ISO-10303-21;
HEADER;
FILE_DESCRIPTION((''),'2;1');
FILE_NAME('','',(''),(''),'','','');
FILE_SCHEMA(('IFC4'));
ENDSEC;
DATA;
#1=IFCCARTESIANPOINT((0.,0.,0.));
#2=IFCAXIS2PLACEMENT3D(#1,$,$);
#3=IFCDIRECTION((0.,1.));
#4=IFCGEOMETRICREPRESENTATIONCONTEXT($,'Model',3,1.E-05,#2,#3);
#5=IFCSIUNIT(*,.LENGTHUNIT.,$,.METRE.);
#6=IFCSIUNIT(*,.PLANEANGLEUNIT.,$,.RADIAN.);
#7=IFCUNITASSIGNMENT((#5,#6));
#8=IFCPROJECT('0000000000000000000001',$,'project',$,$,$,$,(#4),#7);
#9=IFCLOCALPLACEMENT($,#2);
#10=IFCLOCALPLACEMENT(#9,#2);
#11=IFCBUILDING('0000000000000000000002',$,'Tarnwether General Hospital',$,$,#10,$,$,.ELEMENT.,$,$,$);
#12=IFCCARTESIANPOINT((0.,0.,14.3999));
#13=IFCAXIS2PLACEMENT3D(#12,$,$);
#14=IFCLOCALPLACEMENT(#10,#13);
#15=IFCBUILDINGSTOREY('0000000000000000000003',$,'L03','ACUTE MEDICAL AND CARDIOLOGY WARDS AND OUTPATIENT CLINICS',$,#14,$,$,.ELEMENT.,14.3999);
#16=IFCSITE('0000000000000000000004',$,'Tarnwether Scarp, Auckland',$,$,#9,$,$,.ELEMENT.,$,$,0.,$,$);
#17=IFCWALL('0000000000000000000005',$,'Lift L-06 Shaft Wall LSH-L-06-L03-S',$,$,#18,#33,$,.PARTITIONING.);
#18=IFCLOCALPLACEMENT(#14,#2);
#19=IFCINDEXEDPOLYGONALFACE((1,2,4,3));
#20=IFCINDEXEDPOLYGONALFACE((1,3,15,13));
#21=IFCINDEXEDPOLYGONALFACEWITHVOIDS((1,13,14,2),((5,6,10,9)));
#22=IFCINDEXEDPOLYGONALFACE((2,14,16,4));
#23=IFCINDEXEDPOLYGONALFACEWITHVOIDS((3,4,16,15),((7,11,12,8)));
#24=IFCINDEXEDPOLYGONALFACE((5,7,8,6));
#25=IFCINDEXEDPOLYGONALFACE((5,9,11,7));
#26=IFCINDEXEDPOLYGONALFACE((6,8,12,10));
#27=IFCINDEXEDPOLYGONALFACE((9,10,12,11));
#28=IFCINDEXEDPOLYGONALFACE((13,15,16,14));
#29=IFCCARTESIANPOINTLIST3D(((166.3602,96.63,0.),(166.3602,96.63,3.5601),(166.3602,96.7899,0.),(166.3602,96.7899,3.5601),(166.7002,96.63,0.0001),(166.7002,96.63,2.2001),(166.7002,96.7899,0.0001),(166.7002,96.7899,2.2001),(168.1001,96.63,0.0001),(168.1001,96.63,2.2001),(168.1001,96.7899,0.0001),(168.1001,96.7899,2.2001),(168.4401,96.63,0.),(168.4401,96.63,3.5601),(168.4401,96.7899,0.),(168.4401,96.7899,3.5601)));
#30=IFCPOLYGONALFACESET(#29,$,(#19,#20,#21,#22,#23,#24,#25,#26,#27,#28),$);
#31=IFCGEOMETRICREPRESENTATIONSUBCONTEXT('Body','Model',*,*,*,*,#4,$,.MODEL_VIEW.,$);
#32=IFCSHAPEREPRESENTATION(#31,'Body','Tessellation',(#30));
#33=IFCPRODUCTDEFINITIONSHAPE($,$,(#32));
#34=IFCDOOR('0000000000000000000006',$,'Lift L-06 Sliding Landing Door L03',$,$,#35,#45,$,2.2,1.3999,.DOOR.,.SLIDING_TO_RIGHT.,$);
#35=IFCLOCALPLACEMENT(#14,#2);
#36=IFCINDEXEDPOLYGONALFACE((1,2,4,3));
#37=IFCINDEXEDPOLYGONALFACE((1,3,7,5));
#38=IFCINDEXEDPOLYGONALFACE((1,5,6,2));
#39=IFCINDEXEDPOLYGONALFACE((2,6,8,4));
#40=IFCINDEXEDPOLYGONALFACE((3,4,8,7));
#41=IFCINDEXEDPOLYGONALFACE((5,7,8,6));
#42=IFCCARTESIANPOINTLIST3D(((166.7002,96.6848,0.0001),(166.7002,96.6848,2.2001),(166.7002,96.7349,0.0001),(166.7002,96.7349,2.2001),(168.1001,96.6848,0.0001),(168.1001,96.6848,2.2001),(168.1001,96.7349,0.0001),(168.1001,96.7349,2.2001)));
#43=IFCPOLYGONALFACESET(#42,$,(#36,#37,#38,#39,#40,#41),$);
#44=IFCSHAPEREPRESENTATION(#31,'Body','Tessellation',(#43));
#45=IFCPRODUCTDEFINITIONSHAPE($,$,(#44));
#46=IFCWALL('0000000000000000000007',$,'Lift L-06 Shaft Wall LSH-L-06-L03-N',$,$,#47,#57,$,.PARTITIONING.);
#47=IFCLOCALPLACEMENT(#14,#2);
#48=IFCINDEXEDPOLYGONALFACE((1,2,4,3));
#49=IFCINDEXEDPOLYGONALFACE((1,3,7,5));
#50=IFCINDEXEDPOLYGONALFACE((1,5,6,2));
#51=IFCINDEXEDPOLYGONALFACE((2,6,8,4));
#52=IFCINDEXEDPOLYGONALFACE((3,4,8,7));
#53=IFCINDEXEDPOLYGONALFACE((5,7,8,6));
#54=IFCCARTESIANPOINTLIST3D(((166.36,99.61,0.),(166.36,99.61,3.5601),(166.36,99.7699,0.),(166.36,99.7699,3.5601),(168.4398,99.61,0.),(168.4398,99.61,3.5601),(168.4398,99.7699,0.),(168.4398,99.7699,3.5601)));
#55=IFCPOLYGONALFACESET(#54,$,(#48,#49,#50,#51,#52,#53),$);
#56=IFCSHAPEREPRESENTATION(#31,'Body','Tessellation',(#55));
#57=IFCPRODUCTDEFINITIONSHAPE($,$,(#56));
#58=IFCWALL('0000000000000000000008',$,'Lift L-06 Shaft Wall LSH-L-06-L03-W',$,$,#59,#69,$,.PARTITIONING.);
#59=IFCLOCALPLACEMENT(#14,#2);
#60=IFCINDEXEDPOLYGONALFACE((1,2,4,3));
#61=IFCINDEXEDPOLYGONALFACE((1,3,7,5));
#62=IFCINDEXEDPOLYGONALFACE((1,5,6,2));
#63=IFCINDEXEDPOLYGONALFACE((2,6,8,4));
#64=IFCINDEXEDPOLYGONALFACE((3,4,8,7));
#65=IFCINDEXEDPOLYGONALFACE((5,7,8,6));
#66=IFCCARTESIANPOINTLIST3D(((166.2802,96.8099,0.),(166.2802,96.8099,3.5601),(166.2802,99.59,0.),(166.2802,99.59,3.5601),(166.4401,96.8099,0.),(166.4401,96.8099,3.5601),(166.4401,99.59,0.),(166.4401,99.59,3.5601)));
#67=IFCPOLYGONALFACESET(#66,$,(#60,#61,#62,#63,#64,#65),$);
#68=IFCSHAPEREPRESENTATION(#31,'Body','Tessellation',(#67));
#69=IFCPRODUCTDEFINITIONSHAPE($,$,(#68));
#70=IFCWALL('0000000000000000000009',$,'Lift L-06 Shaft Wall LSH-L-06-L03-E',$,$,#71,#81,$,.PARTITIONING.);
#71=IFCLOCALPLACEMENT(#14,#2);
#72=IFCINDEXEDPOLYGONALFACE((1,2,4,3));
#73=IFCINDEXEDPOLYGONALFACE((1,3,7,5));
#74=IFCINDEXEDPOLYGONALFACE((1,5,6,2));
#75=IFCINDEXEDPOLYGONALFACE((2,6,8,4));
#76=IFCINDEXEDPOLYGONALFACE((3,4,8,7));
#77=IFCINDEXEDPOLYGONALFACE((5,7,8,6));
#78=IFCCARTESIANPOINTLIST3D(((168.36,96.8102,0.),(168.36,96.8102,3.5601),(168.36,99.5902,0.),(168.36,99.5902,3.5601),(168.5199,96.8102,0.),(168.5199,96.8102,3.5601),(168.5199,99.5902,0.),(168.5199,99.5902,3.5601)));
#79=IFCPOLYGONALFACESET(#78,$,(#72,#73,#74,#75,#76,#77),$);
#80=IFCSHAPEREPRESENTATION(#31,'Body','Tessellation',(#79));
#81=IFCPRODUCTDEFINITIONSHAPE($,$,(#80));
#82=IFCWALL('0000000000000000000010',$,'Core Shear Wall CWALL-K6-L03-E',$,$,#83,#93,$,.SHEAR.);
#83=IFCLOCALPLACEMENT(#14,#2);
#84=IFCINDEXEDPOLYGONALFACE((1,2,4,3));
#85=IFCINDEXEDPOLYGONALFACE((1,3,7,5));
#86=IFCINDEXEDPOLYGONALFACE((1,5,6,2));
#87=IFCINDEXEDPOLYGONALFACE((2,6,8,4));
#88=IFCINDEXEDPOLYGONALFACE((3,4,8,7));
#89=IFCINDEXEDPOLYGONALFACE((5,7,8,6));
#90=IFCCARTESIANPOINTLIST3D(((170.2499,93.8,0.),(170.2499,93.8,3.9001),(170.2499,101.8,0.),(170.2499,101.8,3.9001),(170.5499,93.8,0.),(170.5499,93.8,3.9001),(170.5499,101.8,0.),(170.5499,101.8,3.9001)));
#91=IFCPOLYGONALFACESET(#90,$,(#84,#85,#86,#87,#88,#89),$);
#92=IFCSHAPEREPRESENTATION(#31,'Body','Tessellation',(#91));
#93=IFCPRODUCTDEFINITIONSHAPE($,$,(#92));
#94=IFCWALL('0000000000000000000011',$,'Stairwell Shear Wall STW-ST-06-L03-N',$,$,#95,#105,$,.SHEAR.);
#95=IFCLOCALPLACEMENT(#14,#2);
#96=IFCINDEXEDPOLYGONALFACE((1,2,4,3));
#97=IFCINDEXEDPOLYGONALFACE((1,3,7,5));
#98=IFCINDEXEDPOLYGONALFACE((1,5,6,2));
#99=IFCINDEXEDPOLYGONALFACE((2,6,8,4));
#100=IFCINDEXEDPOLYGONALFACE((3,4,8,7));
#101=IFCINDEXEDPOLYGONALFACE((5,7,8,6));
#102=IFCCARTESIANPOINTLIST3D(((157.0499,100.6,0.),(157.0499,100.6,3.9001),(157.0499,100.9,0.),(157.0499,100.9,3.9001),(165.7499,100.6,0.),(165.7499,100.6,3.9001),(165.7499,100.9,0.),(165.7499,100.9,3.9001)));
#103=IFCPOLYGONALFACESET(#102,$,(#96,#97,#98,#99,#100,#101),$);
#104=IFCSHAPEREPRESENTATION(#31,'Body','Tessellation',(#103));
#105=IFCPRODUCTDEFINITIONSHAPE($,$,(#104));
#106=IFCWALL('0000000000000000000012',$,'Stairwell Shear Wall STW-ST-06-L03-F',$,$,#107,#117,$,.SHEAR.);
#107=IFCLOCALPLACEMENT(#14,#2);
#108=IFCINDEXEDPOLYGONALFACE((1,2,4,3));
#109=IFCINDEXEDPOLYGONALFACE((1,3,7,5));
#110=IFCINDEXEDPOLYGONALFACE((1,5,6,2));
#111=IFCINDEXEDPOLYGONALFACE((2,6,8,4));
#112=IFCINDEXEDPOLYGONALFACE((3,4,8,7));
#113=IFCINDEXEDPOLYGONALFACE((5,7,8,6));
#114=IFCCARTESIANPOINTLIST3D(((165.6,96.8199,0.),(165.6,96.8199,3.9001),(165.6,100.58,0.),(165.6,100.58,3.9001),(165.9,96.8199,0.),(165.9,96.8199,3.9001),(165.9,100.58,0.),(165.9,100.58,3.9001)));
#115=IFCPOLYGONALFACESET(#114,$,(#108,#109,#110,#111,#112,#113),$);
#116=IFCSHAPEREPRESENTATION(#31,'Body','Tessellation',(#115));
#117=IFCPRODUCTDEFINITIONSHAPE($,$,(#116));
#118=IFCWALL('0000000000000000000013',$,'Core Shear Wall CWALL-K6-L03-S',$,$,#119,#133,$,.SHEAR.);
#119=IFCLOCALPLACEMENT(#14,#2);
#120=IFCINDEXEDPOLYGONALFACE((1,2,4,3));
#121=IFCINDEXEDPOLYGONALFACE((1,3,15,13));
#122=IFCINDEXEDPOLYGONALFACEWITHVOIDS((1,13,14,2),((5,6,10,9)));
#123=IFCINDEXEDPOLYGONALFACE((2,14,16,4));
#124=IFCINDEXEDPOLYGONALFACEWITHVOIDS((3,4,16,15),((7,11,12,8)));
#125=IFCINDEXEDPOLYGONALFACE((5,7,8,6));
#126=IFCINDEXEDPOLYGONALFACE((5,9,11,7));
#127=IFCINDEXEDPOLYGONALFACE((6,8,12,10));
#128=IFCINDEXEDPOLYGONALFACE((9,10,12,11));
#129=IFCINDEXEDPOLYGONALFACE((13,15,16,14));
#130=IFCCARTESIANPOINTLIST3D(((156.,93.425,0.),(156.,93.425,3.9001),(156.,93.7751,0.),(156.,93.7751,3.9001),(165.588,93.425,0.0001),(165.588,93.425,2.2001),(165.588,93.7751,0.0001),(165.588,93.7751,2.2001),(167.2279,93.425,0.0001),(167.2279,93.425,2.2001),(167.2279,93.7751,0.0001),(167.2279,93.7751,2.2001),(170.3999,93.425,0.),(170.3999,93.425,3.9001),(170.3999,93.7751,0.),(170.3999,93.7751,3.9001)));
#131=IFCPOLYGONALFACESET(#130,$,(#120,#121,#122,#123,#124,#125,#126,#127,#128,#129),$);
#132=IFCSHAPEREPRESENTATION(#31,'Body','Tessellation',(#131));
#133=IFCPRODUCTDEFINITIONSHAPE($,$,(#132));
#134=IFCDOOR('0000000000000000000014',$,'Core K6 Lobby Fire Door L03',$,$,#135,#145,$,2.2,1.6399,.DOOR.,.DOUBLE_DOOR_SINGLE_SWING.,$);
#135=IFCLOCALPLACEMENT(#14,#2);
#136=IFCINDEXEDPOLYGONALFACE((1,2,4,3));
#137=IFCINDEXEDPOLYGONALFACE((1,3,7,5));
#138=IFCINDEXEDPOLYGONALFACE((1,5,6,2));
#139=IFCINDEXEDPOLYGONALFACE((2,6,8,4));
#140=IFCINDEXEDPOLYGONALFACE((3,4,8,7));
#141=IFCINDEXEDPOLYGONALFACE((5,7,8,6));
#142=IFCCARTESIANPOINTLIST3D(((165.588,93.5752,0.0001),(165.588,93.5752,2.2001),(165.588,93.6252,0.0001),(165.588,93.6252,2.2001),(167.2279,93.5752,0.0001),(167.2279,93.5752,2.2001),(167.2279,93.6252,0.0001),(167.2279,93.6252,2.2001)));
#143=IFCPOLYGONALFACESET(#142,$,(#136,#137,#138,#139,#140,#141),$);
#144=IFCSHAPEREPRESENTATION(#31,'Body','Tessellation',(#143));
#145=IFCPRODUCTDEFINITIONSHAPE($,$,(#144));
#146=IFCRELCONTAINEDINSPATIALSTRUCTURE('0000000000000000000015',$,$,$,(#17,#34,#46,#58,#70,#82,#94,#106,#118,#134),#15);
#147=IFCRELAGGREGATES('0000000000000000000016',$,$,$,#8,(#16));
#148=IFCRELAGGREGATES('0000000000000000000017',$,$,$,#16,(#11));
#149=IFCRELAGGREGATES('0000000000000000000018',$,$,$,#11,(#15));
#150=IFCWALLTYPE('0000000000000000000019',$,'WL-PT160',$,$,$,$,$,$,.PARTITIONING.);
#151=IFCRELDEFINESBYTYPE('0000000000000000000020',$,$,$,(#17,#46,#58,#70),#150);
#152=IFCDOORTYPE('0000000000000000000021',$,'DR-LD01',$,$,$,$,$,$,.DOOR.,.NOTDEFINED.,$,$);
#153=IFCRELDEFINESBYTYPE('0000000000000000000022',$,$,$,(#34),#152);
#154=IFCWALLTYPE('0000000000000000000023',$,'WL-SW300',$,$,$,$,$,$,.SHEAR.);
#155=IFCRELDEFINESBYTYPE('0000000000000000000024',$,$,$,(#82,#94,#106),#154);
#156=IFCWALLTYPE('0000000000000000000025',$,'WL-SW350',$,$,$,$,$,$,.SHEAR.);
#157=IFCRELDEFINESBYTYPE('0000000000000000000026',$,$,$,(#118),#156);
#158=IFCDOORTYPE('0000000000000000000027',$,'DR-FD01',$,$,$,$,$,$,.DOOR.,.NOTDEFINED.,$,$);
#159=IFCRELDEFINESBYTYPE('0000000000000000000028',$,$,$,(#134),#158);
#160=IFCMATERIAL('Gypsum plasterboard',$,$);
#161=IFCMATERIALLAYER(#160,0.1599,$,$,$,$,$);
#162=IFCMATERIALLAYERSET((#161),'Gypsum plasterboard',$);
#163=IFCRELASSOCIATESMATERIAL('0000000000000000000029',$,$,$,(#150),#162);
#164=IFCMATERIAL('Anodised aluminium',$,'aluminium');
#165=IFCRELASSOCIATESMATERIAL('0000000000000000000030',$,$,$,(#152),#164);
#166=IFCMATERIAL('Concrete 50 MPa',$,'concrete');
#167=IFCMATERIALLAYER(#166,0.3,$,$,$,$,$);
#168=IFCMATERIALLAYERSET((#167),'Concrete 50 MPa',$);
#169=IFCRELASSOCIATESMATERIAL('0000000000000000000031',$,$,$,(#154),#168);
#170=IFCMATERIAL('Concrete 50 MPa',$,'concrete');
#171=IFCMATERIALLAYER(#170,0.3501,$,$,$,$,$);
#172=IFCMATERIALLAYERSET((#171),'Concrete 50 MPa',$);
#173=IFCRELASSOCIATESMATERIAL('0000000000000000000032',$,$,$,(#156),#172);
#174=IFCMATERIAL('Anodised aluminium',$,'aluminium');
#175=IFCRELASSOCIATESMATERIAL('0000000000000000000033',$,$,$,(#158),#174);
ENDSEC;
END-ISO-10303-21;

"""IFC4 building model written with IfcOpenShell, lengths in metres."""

from ifc_helpers import new_model, si_unit, direction, frame, frame_2d, origin, place, context, subcontext, project, spatial, rectangle, extrude, material, layer, layer_set, type_object, element, fill, save


model = new_model("IFC4")

# Units and contexts
model_context = context("Model", 3, precision=1e-05, world=origin(), true_north=direction((0.0, 1.0)))
body_context = subcontext(model_context, "Body", "Model", "MODEL_VIEW")
ifc_project = project(units=[si_unit("LENGTHUNIT", "METRE"), si_unit("PLANEANGLEUNIT", "RADIAN")], contexts=[model_context])

# Site, building, storey
site_placement = place(None, origin())
site = spatial("IfcSite", under=ifc_project, at=site_placement, Name="Tarnwether Scarp, Auckland", CompositionType="ELEMENT", RefElevation=0.0)
building_placement = place(site_placement, origin())
building = spatial("IfcBuilding", under=site, at=building_placement, Name="Tarnwether General Hospital", CompositionType="ELEMENT")
storey_placement = place(building_placement, frame((0.0, 0.0, 14.3999)))
storey = spatial("IfcBuildingStorey", under=building, at=storey_placement, Name="L03", Description="ACUTE MEDICAL AND CARDIOLOGY WARDS AND OUTPATIENT CLINICS", CompositionType="ELEMENT", Elevation=14.3999)

# Wall, opening, door
ifc_material_1 = material(Name="Gypsum plasterboard")
ifc_layer_1 = layer(ifc_material_1, 0.1599)
ifc_layer_set_1 = layer_set([ifc_layer_1], Name="Gypsum plasterboard")
wall_type_1 = type_object("IfcWallType", Name="WL-PT160", PredefinedType="PARTITIONING", material=ifc_layer_set_1)
wall_1_placement = place(storey_placement, frame((166.3601, 96.71, 0.0), z_axis=(0.0, 0.0, 1.0), x_axis=(1.0, 0.0, 0.0)))
wall_1 = element("IfcWall", 1, at=wall_1_placement, inside=storey, type_object=wall_type_1, Name="Lift L-06 Shaft Wall LSH-L-06-L03-S", PredefinedType="PARTITIONING", context=body_context, shape_type="SweptSolid", body=[
    extrude(rectangle(XDim=2.0798, YDim=0.1599, at=frame_2d((1.04, 0.0))), origin(), (0.0, 0.0, 1.0), 3.5601),
])
opening_1_placement = place(wall_1_placement, frame((0.3401, 0.0, 0.0)))
opening_1 = element("IfcOpeningElement", 2, at=opening_1_placement, cuts=wall_1, PredefinedType="OPENING", context=body_context, shape_type="SweptSolid", body=[
    extrude(rectangle(XDim=1.3999, YDim=2.2, at=frame_2d((0.7, 1.1001))), frame((0.0, 0.0898, 0.0), z_axis=(0.0, -1.0, 0.0), x_axis=(1.0, 0.0, 0.0)), (0.0, 0.0, 1.0), 0.1799),
])
ifc_material_2 = material(Name="Anodised aluminium", Category="aluminium")
door_type_1 = type_object("IfcDoorType", Name="DR-LD01", OperationType="NOTDEFINED", PredefinedType="DOOR", material=ifc_material_2)
door_1_placement = place(opening_1_placement, origin())
door_1 = element("IfcDoor", 3, at=door_1_placement, inside=storey, type_object=door_type_1, Name="Lift L-06 Sliding Landing Door L03", OperationType="SLIDING_TO_RIGHT", OverallHeight=2.2, OverallWidth=1.3999, PredefinedType="DOOR", context=body_context, shape_type="SweptSolid", body=[
    extrude(rectangle(XDim=1.3999, YDim=2.2, at=frame_2d((0.7, 1.1001))), frame((0.0, 0.0249, 0.0), z_axis=(0.0, -1.0, 0.0), x_axis=(1.0, 0.0, 0.0)), (0.0, 0.0, 1.0), 0.05),
])
fill(opening_1, door_1)

# Walls
wall_2_placement = place(storey_placement, frame((168.4399, 99.6899, 0.0), z_axis=(0.0, 0.0, 1.0), x_axis=(-1.0, 0.0, 0.0)))
element("IfcWall", 4, at=wall_2_placement, inside=storey, type_object=wall_type_1, Name="Lift L-06 Shaft Wall LSH-L-06-L03-N", PredefinedType="PARTITIONING", context=body_context, shape_type="SweptSolid", body=[
    extrude(rectangle(XDim=2.0798, YDim=0.1599, at=frame_2d((1.04, 0.0))), origin(), (0.0, 0.0, 1.0), 3.5601),
])
for number, where, z_axis, x_axis, name in (
    (5, (166.3601, 99.5901, 0.0), (0.0, 0.0, 1.0), (0.0, -1.0, 0.0), "Lift L-06 Shaft Wall LSH-L-06-L03-W"),
    (6, (168.4399, 96.8101, 0.0), (0.0, 0.0, 1.0), (0.0, 1.0, 0.0), "Lift L-06 Shaft Wall LSH-L-06-L03-E"),
):
    element("IfcWall", number, at=place(storey_placement, frame(where, z_axis=z_axis, x_axis=x_axis)), inside=storey, type_object=wall_type_1, Name=name, PredefinedType="PARTITIONING", context=body_context, shape_type="SweptSolid", body=[
        extrude(rectangle(XDim=2.78, YDim=0.1599, at=frame_2d((1.3901, 0.0))), origin(), (0.0, 0.0, 1.0), 3.5601),
    ])
ifc_material_3 = material(Name="Concrete 50 MPa", Category="concrete")
ifc_layer_2 = layer(ifc_material_3, 0.3)
ifc_layer_set_2 = layer_set([ifc_layer_2], Name="Concrete 50 MPa")
wall_type_2 = type_object("IfcWallType", Name="WL-SW300", PredefinedType="SHEAR", material=ifc_layer_set_2)
wall_3_placement = place(storey_placement, frame((170.3999, 101.8, 0.0), z_axis=(0.0, 0.0, 1.0), x_axis=(0.0, -1.0, 0.0)))
element("IfcWall", 7, at=wall_3_placement, inside=storey, type_object=wall_type_2, Name="Core Shear Wall CWALL-K6-L03-E", PredefinedType="SHEAR", context=body_context, shape_type="SweptSolid", body=[
    extrude(rectangle(XDim=8.0, YDim=0.3, at=frame_2d((4.0, 0.0))), origin(), (0.0, 0.0, 1.0), 3.9001),
])
wall_4_placement = place(storey_placement, frame((165.75, 100.75, 0.0), z_axis=(0.0, 0.0, 1.0), x_axis=(-1.0, 0.0, 0.0)))
element("IfcWall", 8, at=wall_4_placement, inside=storey, type_object=wall_type_2, Name="Stairwell Shear Wall STW-ST-06-L03-N", PredefinedType="SHEAR", context=body_context, shape_type="SweptSolid", body=[
    extrude(rectangle(XDim=8.7, YDim=0.3, at=frame_2d((4.3501, 0.0))), origin(), (0.0, 0.0, 1.0), 3.9001),
])
wall_5_placement = place(storey_placement, frame((165.75, 96.8201, 0.0), z_axis=(0.0, 0.0, 1.0), x_axis=(0.0, 1.0, 0.0)))
element("IfcWall", 9, at=wall_5_placement, inside=storey, type_object=wall_type_2, Name="Stairwell Shear Wall STW-ST-06-L03-F", PredefinedType="SHEAR", context=body_context, shape_type="SweptSolid", body=[
    extrude(rectangle(XDim=3.76, YDim=0.3, at=frame_2d((1.8799, 0.0))), origin(), (0.0, 0.0, 1.0), 3.9001),
])

# Wall, opening, door
ifc_material_4 = material(Name="Concrete 50 MPa", Category="concrete")
ifc_layer_3 = layer(ifc_material_4, 0.3501)
ifc_layer_set_3 = layer_set([ifc_layer_3], Name="Concrete 50 MPa")
wall_type_3 = type_object("IfcWallType", Name="WL-SW350", PredefinedType="SHEAR", material=ifc_layer_set_3)
wall_6_placement = place(storey_placement, frame((170.3999, 93.6001, 0.0), z_axis=(0.0, 0.0, 1.0), x_axis=(-1.0, 0.0, 0.0)))
wall_6 = element("IfcWall", 10, at=wall_6_placement, inside=storey, type_object=wall_type_3, Name="Core Shear Wall CWALL-K6-L03-S", PredefinedType="SHEAR", context=body_context, shape_type="SweptSolid", body=[
    extrude(rectangle(XDim=14.3999, YDim=0.3501, at=frame_2d((7.2, 0.0))), origin(), (0.0, 0.0, 1.0), 3.9001),
])
opening_2_placement = place(wall_6_placement, frame((3.1721, 0.0, 0.0)))
opening_2 = element("IfcOpeningElement", 11, at=opening_2_placement, cuts=wall_6, PredefinedType="OPENING", context=body_context, shape_type="SweptSolid", body=[
    extrude(rectangle(XDim=1.6399, YDim=2.2, at=frame_2d((0.8198, 1.1001))), frame((0.0, 0.1851, 0.0), z_axis=(0.0, -1.0, 0.0), x_axis=(1.0, 0.0, 0.0)), (0.0, 0.0, 1.0), 0.3701),
])
ifc_material_5 = material(Name="Anodised aluminium", Category="aluminium")
door_type_2 = type_object("IfcDoorType", Name="DR-FD01", OperationType="NOTDEFINED", PredefinedType="DOOR", material=ifc_material_5)
door_2_placement = place(opening_2_placement, origin())
door_2 = element("IfcDoor", 12, at=door_2_placement, inside=storey, type_object=door_type_2, Name="Core K6 Lobby Fire Door L03", OperationType="DOUBLE_DOOR_SINGLE_SWING", OverallHeight=2.2, OverallWidth=1.6399, PredefinedType="DOOR", context=body_context, shape_type="SweptSolid", body=[
    extrude(rectangle(XDim=1.6399, YDim=2.2, at=frame_2d((0.8198, 1.1001))), frame((0.0, 0.0249, 0.0), z_axis=(0.0, -1.0, 0.0), x_axis=(1.0, 0.0, 0.0)), (0.0, 0.0, 1.0), 0.05),
])
fill(opening_2, door_2)

save(model, "model.ifc")
